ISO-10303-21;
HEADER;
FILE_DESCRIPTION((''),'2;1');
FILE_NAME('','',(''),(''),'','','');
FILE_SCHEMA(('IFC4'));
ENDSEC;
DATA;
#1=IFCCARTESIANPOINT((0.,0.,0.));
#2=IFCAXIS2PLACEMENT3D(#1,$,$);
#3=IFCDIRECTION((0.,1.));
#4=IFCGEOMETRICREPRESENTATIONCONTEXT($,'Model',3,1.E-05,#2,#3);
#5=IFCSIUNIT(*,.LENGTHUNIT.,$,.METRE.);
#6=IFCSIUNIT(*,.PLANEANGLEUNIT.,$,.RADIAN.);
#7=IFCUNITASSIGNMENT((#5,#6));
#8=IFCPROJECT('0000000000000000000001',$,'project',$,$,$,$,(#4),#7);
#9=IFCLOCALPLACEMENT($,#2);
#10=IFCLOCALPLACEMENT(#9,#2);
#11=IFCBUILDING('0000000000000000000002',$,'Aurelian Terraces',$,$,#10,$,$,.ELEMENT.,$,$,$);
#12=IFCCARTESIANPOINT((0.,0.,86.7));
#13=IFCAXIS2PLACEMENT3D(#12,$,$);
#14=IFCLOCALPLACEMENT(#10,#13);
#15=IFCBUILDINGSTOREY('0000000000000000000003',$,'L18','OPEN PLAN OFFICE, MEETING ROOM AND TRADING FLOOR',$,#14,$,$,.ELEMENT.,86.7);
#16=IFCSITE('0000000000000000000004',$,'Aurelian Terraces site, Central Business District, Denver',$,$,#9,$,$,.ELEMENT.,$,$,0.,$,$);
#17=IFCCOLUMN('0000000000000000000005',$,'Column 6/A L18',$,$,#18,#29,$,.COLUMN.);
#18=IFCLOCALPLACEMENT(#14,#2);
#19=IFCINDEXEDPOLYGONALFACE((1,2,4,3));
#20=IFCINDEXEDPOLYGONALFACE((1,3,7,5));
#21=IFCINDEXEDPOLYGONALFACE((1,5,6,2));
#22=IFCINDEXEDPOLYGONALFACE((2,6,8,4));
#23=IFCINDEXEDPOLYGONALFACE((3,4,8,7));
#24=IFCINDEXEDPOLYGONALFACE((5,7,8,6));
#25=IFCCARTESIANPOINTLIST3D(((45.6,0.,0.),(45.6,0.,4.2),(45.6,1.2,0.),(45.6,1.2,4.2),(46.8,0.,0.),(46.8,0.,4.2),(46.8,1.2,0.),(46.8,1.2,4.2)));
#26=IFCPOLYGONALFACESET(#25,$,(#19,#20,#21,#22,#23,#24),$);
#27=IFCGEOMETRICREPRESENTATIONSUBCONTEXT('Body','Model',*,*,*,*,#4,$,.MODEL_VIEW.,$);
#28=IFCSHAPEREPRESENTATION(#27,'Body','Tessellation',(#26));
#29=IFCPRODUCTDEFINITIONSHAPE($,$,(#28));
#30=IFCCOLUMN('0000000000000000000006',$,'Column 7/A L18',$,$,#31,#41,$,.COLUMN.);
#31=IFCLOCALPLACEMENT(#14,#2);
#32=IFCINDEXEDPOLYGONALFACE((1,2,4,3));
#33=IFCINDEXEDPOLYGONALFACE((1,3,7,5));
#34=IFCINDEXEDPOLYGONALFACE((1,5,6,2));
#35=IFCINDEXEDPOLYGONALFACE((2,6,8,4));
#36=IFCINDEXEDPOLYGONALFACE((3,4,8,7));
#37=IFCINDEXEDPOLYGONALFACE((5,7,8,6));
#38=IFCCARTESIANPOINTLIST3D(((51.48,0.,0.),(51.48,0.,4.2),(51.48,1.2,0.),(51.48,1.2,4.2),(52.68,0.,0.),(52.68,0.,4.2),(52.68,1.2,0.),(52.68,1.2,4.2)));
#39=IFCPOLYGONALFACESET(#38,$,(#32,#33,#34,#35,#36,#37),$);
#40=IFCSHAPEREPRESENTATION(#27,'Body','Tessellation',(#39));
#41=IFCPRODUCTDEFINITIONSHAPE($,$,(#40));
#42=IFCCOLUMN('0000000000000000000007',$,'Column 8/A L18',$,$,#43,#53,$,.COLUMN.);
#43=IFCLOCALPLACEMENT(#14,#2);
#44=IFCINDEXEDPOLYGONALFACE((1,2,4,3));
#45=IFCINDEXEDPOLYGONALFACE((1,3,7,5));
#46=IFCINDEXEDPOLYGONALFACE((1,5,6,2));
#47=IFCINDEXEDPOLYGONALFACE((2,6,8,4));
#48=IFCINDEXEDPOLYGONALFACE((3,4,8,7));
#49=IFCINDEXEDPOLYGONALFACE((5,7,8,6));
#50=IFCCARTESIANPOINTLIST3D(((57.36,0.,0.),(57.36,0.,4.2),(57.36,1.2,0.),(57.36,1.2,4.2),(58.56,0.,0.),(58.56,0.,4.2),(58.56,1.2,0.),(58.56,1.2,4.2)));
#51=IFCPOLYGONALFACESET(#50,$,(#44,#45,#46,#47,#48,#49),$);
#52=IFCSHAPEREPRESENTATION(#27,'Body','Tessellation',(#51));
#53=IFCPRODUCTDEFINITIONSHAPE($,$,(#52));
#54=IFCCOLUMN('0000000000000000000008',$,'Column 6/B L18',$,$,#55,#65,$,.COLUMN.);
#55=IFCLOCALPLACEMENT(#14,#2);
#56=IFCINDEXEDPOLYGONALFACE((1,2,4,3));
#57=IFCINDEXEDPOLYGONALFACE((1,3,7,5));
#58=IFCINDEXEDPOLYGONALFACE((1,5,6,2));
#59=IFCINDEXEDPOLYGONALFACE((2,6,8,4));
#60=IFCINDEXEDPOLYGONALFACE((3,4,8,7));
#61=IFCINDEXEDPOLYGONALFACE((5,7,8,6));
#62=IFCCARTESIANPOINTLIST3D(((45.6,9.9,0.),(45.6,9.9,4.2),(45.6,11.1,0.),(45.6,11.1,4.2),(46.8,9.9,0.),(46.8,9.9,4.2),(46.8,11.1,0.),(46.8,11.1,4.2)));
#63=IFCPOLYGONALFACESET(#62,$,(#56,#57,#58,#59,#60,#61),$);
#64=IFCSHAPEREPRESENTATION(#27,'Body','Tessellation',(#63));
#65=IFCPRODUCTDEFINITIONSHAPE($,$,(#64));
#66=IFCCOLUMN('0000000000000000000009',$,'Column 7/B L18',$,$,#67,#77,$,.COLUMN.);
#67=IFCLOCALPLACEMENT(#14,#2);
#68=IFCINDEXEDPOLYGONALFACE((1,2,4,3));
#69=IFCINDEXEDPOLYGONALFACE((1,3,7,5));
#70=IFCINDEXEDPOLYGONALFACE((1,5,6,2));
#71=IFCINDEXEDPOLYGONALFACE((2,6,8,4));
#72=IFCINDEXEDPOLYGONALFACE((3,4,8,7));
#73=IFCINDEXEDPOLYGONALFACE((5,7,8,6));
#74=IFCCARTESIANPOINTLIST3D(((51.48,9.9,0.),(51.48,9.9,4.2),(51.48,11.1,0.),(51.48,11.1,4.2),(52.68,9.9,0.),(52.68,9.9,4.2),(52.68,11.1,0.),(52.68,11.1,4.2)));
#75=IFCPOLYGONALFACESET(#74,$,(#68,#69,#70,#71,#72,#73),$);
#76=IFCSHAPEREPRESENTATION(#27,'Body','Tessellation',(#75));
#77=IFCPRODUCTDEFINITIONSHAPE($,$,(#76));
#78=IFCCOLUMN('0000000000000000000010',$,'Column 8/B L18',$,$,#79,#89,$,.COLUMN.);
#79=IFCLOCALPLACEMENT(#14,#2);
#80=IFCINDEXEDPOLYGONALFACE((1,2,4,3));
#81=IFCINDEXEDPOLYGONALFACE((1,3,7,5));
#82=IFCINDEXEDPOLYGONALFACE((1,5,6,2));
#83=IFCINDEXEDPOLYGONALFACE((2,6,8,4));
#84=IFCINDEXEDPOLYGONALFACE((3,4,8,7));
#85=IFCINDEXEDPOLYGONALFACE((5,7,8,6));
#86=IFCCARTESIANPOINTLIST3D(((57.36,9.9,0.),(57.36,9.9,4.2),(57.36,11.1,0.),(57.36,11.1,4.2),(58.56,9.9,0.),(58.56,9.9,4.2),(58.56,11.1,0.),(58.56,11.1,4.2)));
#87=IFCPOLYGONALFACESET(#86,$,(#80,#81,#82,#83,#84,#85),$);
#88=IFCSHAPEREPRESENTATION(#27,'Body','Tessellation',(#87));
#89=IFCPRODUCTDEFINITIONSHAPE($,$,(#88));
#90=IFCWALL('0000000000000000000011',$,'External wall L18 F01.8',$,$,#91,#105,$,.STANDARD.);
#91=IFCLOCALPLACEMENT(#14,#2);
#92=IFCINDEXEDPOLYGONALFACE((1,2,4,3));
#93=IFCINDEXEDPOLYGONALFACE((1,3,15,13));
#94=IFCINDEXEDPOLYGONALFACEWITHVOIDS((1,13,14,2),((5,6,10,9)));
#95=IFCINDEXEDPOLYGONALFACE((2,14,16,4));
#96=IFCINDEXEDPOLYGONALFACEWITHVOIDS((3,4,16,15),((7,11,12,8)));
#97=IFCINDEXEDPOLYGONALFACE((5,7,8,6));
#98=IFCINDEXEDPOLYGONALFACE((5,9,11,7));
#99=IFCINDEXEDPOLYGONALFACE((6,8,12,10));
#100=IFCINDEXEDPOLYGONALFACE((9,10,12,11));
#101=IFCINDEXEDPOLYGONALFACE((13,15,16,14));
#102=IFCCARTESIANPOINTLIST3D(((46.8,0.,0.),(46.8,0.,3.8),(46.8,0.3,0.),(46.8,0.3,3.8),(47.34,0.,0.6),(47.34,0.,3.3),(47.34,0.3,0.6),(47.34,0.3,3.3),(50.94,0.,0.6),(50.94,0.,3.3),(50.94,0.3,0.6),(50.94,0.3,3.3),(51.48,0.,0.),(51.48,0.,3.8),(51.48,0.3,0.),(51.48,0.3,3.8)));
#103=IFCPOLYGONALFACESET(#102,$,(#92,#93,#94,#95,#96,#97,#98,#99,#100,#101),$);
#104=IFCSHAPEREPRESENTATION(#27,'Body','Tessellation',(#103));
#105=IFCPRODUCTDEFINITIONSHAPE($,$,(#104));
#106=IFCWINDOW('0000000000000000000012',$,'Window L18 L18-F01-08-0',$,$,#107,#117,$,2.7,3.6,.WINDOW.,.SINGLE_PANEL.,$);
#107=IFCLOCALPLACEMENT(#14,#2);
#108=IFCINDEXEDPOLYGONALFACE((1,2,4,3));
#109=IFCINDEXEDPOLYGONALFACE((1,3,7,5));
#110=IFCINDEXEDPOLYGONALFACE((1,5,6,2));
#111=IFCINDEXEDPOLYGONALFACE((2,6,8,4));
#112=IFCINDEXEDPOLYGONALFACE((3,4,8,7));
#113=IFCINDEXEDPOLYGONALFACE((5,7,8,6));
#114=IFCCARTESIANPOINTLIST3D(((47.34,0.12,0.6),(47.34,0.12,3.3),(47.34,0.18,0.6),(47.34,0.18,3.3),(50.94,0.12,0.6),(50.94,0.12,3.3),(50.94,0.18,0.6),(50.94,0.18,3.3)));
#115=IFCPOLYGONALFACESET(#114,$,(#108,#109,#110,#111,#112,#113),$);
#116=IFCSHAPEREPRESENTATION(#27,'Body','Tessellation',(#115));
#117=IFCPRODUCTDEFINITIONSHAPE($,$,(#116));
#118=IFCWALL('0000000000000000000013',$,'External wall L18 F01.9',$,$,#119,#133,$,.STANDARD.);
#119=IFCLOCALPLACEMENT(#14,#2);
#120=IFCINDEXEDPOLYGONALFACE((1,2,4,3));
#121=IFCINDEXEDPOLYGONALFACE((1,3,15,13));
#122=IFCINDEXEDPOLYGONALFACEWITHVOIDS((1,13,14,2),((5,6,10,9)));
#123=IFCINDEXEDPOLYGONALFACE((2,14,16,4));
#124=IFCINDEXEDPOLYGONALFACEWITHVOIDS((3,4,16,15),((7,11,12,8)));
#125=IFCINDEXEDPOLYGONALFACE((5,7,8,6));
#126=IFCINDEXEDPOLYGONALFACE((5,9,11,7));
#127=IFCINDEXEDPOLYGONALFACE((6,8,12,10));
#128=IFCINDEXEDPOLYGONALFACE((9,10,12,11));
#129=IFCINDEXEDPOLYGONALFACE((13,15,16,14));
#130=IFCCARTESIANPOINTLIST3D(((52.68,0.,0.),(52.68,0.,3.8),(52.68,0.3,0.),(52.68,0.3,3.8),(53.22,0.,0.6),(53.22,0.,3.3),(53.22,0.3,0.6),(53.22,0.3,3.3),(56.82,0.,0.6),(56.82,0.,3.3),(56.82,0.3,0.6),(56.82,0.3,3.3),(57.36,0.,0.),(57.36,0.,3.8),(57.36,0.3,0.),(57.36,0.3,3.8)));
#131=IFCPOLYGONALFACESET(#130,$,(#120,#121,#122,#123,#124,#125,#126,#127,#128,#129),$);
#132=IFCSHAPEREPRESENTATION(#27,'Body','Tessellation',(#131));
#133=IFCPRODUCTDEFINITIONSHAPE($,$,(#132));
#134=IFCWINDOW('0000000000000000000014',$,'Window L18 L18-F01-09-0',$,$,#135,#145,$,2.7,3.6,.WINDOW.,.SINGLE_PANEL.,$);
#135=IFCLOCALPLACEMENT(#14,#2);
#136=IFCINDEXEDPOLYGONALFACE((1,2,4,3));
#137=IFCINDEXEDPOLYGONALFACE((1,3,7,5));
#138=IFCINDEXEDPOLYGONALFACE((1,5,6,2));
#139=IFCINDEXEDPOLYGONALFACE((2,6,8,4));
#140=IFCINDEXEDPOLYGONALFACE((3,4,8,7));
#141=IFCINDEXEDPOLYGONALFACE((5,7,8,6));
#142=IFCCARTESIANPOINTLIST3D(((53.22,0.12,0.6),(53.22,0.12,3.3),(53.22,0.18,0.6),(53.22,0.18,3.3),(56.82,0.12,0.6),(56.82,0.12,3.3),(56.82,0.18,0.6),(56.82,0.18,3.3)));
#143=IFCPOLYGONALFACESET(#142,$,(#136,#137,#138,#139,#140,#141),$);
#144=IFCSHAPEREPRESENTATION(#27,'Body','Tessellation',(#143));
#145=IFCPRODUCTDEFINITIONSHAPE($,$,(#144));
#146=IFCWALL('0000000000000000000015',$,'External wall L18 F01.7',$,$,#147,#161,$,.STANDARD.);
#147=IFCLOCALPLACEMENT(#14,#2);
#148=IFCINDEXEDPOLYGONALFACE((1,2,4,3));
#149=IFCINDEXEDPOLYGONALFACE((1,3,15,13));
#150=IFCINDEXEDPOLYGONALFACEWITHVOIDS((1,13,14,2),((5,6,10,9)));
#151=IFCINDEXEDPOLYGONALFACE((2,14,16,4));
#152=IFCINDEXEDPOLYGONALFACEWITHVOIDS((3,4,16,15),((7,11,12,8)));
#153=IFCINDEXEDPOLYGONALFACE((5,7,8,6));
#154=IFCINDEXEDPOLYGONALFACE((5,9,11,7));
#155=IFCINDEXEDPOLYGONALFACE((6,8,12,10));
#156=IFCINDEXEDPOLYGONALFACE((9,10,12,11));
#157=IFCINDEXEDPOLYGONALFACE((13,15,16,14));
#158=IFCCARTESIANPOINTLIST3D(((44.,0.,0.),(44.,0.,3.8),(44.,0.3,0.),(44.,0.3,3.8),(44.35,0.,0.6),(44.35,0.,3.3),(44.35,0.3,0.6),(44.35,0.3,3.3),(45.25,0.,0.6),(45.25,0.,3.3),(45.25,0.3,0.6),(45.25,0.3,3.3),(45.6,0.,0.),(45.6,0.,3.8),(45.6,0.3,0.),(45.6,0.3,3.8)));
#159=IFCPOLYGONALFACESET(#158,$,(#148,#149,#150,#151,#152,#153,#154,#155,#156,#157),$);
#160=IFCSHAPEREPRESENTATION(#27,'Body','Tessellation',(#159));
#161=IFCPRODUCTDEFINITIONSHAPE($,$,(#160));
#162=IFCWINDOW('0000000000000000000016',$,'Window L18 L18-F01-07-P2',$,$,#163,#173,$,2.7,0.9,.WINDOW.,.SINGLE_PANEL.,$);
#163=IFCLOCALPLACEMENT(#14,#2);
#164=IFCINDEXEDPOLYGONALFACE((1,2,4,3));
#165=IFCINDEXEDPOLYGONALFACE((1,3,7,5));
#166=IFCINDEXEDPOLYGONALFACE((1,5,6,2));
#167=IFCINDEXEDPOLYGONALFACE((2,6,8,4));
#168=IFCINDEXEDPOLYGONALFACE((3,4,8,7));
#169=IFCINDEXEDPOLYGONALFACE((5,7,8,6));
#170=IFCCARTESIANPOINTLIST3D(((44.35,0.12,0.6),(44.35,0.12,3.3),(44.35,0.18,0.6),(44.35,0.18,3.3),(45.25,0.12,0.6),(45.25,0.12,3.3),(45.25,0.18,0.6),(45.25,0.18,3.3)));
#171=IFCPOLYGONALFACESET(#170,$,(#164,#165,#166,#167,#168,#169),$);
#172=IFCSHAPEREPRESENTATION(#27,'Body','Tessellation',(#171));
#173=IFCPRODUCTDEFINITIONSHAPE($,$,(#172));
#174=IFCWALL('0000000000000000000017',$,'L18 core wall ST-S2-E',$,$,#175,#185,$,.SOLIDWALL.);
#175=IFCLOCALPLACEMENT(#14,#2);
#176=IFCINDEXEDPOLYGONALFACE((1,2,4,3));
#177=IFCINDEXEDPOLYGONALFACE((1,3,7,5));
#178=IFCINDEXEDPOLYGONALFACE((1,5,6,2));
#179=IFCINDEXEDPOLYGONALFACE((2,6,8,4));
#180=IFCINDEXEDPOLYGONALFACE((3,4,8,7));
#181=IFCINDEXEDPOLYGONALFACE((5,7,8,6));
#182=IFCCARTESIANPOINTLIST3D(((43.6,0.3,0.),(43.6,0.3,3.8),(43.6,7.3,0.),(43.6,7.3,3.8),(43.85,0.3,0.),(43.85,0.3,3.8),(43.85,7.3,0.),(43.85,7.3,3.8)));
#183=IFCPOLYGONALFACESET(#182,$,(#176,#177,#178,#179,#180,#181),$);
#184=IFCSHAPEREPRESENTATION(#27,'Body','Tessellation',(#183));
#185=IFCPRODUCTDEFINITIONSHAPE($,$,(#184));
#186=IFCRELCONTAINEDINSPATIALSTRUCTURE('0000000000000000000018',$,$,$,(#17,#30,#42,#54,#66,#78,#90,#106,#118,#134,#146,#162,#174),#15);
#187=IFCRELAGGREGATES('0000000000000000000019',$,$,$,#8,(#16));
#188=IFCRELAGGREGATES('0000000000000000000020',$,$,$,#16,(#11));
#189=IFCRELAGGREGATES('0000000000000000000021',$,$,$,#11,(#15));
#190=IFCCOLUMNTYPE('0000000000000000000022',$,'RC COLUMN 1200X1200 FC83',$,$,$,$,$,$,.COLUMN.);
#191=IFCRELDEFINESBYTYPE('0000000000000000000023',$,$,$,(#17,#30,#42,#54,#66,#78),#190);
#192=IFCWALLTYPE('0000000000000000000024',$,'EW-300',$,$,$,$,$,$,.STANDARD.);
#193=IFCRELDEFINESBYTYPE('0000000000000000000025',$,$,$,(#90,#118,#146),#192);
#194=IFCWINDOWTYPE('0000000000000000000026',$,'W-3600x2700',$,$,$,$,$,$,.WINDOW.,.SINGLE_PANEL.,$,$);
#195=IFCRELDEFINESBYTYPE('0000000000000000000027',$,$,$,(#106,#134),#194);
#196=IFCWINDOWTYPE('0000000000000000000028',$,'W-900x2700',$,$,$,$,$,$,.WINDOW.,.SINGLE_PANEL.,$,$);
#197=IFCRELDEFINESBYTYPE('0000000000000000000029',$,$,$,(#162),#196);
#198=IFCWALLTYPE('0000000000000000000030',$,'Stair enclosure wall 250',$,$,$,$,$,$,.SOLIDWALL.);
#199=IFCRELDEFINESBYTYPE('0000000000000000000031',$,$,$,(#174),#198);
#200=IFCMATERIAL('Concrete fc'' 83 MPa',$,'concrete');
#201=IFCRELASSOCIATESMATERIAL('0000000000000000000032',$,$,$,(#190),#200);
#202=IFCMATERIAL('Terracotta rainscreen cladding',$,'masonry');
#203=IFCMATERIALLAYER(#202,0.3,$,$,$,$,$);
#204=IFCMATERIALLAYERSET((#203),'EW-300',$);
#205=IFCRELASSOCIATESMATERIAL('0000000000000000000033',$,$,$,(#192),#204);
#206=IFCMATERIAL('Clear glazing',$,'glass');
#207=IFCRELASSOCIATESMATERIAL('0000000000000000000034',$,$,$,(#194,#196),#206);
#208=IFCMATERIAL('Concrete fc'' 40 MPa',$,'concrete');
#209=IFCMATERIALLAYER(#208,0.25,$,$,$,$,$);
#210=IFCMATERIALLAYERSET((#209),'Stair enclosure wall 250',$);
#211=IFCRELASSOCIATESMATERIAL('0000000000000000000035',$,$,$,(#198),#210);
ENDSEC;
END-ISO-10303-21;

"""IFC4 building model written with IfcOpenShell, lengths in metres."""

from ifc_helpers import new_model, si_unit, direction, frame, frame_2d, origin, origin_2d, place, context, subcontext, project, spatial, rectangle, extrude, source, transform, mapped, material, layer, layer_set, material_profile, profile_set, type_object, element, fill, save


model = new_model("IFC4")

# Units and contexts
model_context = context("Model", 3, precision=1e-05, world=origin(), true_north=direction((0.0, 1.0)))
body_context = subcontext(model_context, "Body", "Model", "MODEL_VIEW")
ifc_project = project(units=[si_unit("LENGTHUNIT", "METRE"), si_unit("PLANEANGLEUNIT", "RADIAN")], contexts=[model_context])

# Site, building, storey
site_placement = place(None, origin())
site = spatial("IfcSite", under=ifc_project, at=site_placement, Name="Aurelian Terraces site, Central Business District, Denver", CompositionType="ELEMENT", RefElevation=0.0)
building_placement = place(site_placement, origin())
building = spatial("IfcBuilding", under=site, at=building_placement, Name="Aurelian Terraces", CompositionType="ELEMENT")
storey_placement = place(building_placement, frame((0.0, 0.0, 86.7)))
storey = spatial("IfcBuildingStorey", under=building, at=storey_placement, Name="L18", Description="OPEN PLAN OFFICE, MEETING ROOM AND TRADING FLOOR", CompositionType="ELEMENT", Elevation=86.7)

# Columns
ifc_material_1 = material(Name="Concrete fc' 83 MPa", Category="concrete")
ifc_material_profile = material_profile(ifc_material_1, rectangle(XDim=1.2, YDim=1.2, at=origin_2d()))
ifc_profile_set = profile_set([ifc_material_profile], Name="Concrete fc' 83 MPa")
column_type = type_object("IfcColumnType", Name="RC COLUMN 1200X1200 FC83", PredefinedType="COLUMN", material=ifc_profile_set)
shared_shape_1 = source(origin(), body_context, "Body", "SweptSolid", [
    extrude(rectangle(XDim=1.2, YDim=1.2, at=origin_2d()), origin(), (0.0, 0.0, 1.0), 4.2),
])
for number, where, z_axis, x_axis, name in (
    (1, (46.2, 0.6, 0.0), (0.0, 0.0, 1.0), (1.0, 0.0, 0.0), "Column 6/A L18"),
    (2, (52.08, 0.6, 0.0), (0.0, 0.0, 1.0), (1.0, 0.0, 0.0), "Column 7/A L18"),
    (3, (57.96, 0.6, 0.0), (0.0, 0.0, 1.0), (1.0, 0.0, 0.0), "Column 8/A L18"),
    (4, (46.2, 10.5, 0.0), (0.0, 0.0, 1.0), (1.0, 0.0, 0.0), "Column 6/B L18"),
    (5, (52.08, 10.5, 0.0), (0.0, 0.0, 1.0), (1.0, 0.0, 0.0), "Column 7/B L18"),
    (6, (57.96, 10.5, 0.0), (0.0, 0.0, 1.0), (1.0, 0.0, 0.0), "Column 8/B L18"),
):
    element("IfcColumn", number, at=place(storey_placement, frame(where, z_axis=z_axis, x_axis=x_axis)), inside=storey, type_object=column_type, Name=name, PredefinedType="COLUMN", context=body_context, shape_type="MappedRepresentation", body=[
        mapped(shared_shape_1, transform((0.0, 0.0, 0.0), scale=1.0)),
    ])

# Walls, openings, windows
ifc_material_2 = material(Name="Terracotta rainscreen cladding", Category="masonry")
ifc_layer_1 = layer(ifc_material_2, 0.3)
ifc_layer_set_1 = layer_set([ifc_layer_1], Name="EW-300")
wall_type_1 = type_object("IfcWallType", Name="EW-300", PredefinedType="STANDARD", material=ifc_layer_set_1)
shared_shape_2 = source(origin(), body_context, "Body", "SweptSolid", [
    extrude(rectangle(XDim=4.68, YDim=0.3, at=frame_2d((2.34, 0.0))), origin(), (0.0, 0.0, 1.0), 3.8),
])
wall_1_placement = place(storey_placement, frame((46.8, 0.15, 0.0), z_axis=(0.0, 0.0, 1.0), x_axis=(1.0, 0.0, 0.0)))
wall_1 = element("IfcWall", 7, at=wall_1_placement, inside=storey, type_object=wall_type_1, Name="External wall L18 F01.8", PredefinedType="STANDARD", context=body_context, shape_type="MappedRepresentation", body=[
    mapped(shared_shape_2, transform((0.0, 0.0, 0.0), scale=1.0)),
])
shared_shape_3 = source(origin(), body_context, "Body", "SweptSolid", [
    extrude(rectangle(XDim=3.6, YDim=2.7, at=frame_2d((1.8, 1.35))), frame((0.0, 0.16, 0.0), z_axis=(0.0, -1.0, 0.0), x_axis=(1.0, 0.0, 0.0)), (0.0, 0.0, 1.0), 0.32),
])
opening_1_placement = place(wall_1_placement, frame((0.54, 0.0, 0.6)))
opening_1 = element("IfcOpeningElement", 8, at=opening_1_placement, cuts=wall_1, PredefinedType="OPENING", context=body_context, shape_type="MappedRepresentation", body=[
    mapped(shared_shape_3, transform((0.0, 0.0, 0.0), scale=1.0)),
])
ifc_material_3 = material(Name="Clear glazing", Category="glass")
window_type_1 = type_object("IfcWindowType", Name="W-3600x2700", PartitioningType="SINGLE_PANEL", PredefinedType="WINDOW", material=ifc_material_3)
shared_shape_4 = source(origin(), body_context, "Body", "SweptSolid", [
    extrude(rectangle(XDim=3.6, YDim=2.7, at=frame_2d((1.8, 1.35))), frame((0.0, 0.03, 0.0), z_axis=(0.0, -1.0, 0.0), x_axis=(1.0, 0.0, 0.0)), (0.0, 0.0, 1.0), 0.06),
])
window_1_placement = place(opening_1_placement, origin())
window_1 = element("IfcWindow", 9, at=window_1_placement, inside=storey, type_object=window_type_1, Name="Window L18 L18-F01-08-0", OverallHeight=2.7, OverallWidth=3.6, PartitioningType="SINGLE_PANEL", PredefinedType="WINDOW", context=body_context, shape_type="MappedRepresentation", body=[
    mapped(shared_shape_4, transform((0.0, 0.0, 0.0), scale=1.0)),
])
fill(opening_1, window_1)
wall_2_placement = place(storey_placement, frame((52.68, 0.15, 0.0), z_axis=(0.0, 0.0, 1.0), x_axis=(1.0, 0.0, 0.0)))
wall_2 = element("IfcWall", 10, at=wall_2_placement, inside=storey, type_object=wall_type_1, Name="External wall L18 F01.9", PredefinedType="STANDARD", context=body_context, shape_type="MappedRepresentation", body=[
    mapped(shared_shape_2, transform((0.0, 0.0, 0.0), scale=1.0)),
])
opening_2_placement = place(wall_2_placement, frame((0.54, 0.0, 0.6)))
opening_2 = element("IfcOpeningElement", 11, at=opening_2_placement, cuts=wall_2, PredefinedType="OPENING", context=body_context, shape_type="MappedRepresentation", body=[
    mapped(shared_shape_3, transform((0.0, 0.0, 0.0), scale=1.0)),
])
window_2_placement = place(opening_2_placement, origin())
window_2 = element("IfcWindow", 12, at=window_2_placement, inside=storey, type_object=window_type_1, Name="Window L18 L18-F01-09-0", OverallHeight=2.7, OverallWidth=3.6, PartitioningType="SINGLE_PANEL", PredefinedType="WINDOW", context=body_context, shape_type="MappedRepresentation", body=[
    mapped(shared_shape_4, transform((0.0, 0.0, 0.0), scale=1.0)),
])
fill(opening_2, window_2)
shared_shape_5 = source(origin(), body_context, "Body", "SweptSolid", [
    extrude(rectangle(XDim=1.6, YDim=0.3, at=frame_2d((0.8, 0.0))), origin(), (0.0, 0.0, 1.0), 3.8),
])
wall_3_placement = place(storey_placement, frame((44.0, 0.15, 0.0), z_axis=(0.0, 0.0, 1.0), x_axis=(1.0, 0.0, 0.0)))
wall_3 = element("IfcWall", 13, at=wall_3_placement, inside=storey, type_object=wall_type_1, Name="External wall L18 F01.7", PredefinedType="STANDARD", context=body_context, shape_type="MappedRepresentation", body=[
    mapped(shared_shape_5, transform((0.0, 0.0, 0.0), scale=1.0)),
])
shared_shape_6 = source(origin(), body_context, "Body", "SweptSolid", [
    extrude(rectangle(XDim=0.9, YDim=2.7, at=frame_2d((0.45, 1.35))), frame((0.0, 0.16, 0.0), z_axis=(0.0, -1.0, 0.0), x_axis=(1.0, 0.0, 0.0)), (0.0, 0.0, 1.0), 0.32),
])
opening_3_placement = place(wall_3_placement, frame((0.35, 0.0, 0.6)))
opening_3 = element("IfcOpeningElement", 14, at=opening_3_placement, cuts=wall_3, PredefinedType="OPENING", context=body_context, shape_type="MappedRepresentation", body=[
    mapped(shared_shape_6, transform((0.0, 0.0, 0.0), scale=1.0)),
])
window_type_2 = type_object("IfcWindowType", Name="W-900x2700", PartitioningType="SINGLE_PANEL", PredefinedType="WINDOW", material=ifc_material_3)
shared_shape_7 = source(origin(), body_context, "Body", "SweptSolid", [
    extrude(rectangle(XDim=0.9, YDim=2.7, at=frame_2d((0.45, 1.35))), frame((0.0, 0.03, 0.0), z_axis=(0.0, -1.0, 0.0), x_axis=(1.0, 0.0, 0.0)), (0.0, 0.0, 1.0), 0.06),
])
window_3_placement = place(opening_3_placement, origin())
window_3 = element("IfcWindow", 15, at=window_3_placement, inside=storey, type_object=window_type_2, Name="Window L18 L18-F01-07-P2", OverallHeight=2.7, OverallWidth=0.9, PartitioningType="SINGLE_PANEL", PredefinedType="WINDOW", context=body_context, shape_type="MappedRepresentation", body=[
    mapped(shared_shape_7, transform((0.0, 0.0, 0.0), scale=1.0)),
])
fill(opening_3, window_3)

# Wall
ifc_material_4 = material(Name="Concrete fc' 40 MPa", Category="concrete")
ifc_layer_2 = layer(ifc_material_4, 0.25)
ifc_layer_set_2 = layer_set([ifc_layer_2], Name="Stair enclosure wall 250")
wall_type_2 = type_object("IfcWallType", Name="Stair enclosure wall 250", PredefinedType="SOLIDWALL", material=ifc_layer_set_2)
shared_shape_8 = source(origin(), body_context, "Body", "SweptSolid", [
    extrude(rectangle(XDim=7.0, YDim=0.25, at=frame_2d((3.5, 0.0))), origin(), (0.0, 0.0, 1.0), 3.8),
])
wall_4_placement = place(storey_placement, frame((43.725, 0.3, 0.0), z_axis=(0.0, 0.0, 1.0), x_axis=(0.0, 1.0, 0.0)))
element("IfcWall", 16, at=wall_4_placement, inside=storey, type_object=wall_type_2, Name="L18 core wall ST-S2-E", PredefinedType="SOLIDWALL", context=body_context, shape_type="MappedRepresentation", body=[
    mapped(shared_shape_8, transform((0.0, 0.0, 0.0), scale=1.0)),
])

save(model, "model.ifc")
